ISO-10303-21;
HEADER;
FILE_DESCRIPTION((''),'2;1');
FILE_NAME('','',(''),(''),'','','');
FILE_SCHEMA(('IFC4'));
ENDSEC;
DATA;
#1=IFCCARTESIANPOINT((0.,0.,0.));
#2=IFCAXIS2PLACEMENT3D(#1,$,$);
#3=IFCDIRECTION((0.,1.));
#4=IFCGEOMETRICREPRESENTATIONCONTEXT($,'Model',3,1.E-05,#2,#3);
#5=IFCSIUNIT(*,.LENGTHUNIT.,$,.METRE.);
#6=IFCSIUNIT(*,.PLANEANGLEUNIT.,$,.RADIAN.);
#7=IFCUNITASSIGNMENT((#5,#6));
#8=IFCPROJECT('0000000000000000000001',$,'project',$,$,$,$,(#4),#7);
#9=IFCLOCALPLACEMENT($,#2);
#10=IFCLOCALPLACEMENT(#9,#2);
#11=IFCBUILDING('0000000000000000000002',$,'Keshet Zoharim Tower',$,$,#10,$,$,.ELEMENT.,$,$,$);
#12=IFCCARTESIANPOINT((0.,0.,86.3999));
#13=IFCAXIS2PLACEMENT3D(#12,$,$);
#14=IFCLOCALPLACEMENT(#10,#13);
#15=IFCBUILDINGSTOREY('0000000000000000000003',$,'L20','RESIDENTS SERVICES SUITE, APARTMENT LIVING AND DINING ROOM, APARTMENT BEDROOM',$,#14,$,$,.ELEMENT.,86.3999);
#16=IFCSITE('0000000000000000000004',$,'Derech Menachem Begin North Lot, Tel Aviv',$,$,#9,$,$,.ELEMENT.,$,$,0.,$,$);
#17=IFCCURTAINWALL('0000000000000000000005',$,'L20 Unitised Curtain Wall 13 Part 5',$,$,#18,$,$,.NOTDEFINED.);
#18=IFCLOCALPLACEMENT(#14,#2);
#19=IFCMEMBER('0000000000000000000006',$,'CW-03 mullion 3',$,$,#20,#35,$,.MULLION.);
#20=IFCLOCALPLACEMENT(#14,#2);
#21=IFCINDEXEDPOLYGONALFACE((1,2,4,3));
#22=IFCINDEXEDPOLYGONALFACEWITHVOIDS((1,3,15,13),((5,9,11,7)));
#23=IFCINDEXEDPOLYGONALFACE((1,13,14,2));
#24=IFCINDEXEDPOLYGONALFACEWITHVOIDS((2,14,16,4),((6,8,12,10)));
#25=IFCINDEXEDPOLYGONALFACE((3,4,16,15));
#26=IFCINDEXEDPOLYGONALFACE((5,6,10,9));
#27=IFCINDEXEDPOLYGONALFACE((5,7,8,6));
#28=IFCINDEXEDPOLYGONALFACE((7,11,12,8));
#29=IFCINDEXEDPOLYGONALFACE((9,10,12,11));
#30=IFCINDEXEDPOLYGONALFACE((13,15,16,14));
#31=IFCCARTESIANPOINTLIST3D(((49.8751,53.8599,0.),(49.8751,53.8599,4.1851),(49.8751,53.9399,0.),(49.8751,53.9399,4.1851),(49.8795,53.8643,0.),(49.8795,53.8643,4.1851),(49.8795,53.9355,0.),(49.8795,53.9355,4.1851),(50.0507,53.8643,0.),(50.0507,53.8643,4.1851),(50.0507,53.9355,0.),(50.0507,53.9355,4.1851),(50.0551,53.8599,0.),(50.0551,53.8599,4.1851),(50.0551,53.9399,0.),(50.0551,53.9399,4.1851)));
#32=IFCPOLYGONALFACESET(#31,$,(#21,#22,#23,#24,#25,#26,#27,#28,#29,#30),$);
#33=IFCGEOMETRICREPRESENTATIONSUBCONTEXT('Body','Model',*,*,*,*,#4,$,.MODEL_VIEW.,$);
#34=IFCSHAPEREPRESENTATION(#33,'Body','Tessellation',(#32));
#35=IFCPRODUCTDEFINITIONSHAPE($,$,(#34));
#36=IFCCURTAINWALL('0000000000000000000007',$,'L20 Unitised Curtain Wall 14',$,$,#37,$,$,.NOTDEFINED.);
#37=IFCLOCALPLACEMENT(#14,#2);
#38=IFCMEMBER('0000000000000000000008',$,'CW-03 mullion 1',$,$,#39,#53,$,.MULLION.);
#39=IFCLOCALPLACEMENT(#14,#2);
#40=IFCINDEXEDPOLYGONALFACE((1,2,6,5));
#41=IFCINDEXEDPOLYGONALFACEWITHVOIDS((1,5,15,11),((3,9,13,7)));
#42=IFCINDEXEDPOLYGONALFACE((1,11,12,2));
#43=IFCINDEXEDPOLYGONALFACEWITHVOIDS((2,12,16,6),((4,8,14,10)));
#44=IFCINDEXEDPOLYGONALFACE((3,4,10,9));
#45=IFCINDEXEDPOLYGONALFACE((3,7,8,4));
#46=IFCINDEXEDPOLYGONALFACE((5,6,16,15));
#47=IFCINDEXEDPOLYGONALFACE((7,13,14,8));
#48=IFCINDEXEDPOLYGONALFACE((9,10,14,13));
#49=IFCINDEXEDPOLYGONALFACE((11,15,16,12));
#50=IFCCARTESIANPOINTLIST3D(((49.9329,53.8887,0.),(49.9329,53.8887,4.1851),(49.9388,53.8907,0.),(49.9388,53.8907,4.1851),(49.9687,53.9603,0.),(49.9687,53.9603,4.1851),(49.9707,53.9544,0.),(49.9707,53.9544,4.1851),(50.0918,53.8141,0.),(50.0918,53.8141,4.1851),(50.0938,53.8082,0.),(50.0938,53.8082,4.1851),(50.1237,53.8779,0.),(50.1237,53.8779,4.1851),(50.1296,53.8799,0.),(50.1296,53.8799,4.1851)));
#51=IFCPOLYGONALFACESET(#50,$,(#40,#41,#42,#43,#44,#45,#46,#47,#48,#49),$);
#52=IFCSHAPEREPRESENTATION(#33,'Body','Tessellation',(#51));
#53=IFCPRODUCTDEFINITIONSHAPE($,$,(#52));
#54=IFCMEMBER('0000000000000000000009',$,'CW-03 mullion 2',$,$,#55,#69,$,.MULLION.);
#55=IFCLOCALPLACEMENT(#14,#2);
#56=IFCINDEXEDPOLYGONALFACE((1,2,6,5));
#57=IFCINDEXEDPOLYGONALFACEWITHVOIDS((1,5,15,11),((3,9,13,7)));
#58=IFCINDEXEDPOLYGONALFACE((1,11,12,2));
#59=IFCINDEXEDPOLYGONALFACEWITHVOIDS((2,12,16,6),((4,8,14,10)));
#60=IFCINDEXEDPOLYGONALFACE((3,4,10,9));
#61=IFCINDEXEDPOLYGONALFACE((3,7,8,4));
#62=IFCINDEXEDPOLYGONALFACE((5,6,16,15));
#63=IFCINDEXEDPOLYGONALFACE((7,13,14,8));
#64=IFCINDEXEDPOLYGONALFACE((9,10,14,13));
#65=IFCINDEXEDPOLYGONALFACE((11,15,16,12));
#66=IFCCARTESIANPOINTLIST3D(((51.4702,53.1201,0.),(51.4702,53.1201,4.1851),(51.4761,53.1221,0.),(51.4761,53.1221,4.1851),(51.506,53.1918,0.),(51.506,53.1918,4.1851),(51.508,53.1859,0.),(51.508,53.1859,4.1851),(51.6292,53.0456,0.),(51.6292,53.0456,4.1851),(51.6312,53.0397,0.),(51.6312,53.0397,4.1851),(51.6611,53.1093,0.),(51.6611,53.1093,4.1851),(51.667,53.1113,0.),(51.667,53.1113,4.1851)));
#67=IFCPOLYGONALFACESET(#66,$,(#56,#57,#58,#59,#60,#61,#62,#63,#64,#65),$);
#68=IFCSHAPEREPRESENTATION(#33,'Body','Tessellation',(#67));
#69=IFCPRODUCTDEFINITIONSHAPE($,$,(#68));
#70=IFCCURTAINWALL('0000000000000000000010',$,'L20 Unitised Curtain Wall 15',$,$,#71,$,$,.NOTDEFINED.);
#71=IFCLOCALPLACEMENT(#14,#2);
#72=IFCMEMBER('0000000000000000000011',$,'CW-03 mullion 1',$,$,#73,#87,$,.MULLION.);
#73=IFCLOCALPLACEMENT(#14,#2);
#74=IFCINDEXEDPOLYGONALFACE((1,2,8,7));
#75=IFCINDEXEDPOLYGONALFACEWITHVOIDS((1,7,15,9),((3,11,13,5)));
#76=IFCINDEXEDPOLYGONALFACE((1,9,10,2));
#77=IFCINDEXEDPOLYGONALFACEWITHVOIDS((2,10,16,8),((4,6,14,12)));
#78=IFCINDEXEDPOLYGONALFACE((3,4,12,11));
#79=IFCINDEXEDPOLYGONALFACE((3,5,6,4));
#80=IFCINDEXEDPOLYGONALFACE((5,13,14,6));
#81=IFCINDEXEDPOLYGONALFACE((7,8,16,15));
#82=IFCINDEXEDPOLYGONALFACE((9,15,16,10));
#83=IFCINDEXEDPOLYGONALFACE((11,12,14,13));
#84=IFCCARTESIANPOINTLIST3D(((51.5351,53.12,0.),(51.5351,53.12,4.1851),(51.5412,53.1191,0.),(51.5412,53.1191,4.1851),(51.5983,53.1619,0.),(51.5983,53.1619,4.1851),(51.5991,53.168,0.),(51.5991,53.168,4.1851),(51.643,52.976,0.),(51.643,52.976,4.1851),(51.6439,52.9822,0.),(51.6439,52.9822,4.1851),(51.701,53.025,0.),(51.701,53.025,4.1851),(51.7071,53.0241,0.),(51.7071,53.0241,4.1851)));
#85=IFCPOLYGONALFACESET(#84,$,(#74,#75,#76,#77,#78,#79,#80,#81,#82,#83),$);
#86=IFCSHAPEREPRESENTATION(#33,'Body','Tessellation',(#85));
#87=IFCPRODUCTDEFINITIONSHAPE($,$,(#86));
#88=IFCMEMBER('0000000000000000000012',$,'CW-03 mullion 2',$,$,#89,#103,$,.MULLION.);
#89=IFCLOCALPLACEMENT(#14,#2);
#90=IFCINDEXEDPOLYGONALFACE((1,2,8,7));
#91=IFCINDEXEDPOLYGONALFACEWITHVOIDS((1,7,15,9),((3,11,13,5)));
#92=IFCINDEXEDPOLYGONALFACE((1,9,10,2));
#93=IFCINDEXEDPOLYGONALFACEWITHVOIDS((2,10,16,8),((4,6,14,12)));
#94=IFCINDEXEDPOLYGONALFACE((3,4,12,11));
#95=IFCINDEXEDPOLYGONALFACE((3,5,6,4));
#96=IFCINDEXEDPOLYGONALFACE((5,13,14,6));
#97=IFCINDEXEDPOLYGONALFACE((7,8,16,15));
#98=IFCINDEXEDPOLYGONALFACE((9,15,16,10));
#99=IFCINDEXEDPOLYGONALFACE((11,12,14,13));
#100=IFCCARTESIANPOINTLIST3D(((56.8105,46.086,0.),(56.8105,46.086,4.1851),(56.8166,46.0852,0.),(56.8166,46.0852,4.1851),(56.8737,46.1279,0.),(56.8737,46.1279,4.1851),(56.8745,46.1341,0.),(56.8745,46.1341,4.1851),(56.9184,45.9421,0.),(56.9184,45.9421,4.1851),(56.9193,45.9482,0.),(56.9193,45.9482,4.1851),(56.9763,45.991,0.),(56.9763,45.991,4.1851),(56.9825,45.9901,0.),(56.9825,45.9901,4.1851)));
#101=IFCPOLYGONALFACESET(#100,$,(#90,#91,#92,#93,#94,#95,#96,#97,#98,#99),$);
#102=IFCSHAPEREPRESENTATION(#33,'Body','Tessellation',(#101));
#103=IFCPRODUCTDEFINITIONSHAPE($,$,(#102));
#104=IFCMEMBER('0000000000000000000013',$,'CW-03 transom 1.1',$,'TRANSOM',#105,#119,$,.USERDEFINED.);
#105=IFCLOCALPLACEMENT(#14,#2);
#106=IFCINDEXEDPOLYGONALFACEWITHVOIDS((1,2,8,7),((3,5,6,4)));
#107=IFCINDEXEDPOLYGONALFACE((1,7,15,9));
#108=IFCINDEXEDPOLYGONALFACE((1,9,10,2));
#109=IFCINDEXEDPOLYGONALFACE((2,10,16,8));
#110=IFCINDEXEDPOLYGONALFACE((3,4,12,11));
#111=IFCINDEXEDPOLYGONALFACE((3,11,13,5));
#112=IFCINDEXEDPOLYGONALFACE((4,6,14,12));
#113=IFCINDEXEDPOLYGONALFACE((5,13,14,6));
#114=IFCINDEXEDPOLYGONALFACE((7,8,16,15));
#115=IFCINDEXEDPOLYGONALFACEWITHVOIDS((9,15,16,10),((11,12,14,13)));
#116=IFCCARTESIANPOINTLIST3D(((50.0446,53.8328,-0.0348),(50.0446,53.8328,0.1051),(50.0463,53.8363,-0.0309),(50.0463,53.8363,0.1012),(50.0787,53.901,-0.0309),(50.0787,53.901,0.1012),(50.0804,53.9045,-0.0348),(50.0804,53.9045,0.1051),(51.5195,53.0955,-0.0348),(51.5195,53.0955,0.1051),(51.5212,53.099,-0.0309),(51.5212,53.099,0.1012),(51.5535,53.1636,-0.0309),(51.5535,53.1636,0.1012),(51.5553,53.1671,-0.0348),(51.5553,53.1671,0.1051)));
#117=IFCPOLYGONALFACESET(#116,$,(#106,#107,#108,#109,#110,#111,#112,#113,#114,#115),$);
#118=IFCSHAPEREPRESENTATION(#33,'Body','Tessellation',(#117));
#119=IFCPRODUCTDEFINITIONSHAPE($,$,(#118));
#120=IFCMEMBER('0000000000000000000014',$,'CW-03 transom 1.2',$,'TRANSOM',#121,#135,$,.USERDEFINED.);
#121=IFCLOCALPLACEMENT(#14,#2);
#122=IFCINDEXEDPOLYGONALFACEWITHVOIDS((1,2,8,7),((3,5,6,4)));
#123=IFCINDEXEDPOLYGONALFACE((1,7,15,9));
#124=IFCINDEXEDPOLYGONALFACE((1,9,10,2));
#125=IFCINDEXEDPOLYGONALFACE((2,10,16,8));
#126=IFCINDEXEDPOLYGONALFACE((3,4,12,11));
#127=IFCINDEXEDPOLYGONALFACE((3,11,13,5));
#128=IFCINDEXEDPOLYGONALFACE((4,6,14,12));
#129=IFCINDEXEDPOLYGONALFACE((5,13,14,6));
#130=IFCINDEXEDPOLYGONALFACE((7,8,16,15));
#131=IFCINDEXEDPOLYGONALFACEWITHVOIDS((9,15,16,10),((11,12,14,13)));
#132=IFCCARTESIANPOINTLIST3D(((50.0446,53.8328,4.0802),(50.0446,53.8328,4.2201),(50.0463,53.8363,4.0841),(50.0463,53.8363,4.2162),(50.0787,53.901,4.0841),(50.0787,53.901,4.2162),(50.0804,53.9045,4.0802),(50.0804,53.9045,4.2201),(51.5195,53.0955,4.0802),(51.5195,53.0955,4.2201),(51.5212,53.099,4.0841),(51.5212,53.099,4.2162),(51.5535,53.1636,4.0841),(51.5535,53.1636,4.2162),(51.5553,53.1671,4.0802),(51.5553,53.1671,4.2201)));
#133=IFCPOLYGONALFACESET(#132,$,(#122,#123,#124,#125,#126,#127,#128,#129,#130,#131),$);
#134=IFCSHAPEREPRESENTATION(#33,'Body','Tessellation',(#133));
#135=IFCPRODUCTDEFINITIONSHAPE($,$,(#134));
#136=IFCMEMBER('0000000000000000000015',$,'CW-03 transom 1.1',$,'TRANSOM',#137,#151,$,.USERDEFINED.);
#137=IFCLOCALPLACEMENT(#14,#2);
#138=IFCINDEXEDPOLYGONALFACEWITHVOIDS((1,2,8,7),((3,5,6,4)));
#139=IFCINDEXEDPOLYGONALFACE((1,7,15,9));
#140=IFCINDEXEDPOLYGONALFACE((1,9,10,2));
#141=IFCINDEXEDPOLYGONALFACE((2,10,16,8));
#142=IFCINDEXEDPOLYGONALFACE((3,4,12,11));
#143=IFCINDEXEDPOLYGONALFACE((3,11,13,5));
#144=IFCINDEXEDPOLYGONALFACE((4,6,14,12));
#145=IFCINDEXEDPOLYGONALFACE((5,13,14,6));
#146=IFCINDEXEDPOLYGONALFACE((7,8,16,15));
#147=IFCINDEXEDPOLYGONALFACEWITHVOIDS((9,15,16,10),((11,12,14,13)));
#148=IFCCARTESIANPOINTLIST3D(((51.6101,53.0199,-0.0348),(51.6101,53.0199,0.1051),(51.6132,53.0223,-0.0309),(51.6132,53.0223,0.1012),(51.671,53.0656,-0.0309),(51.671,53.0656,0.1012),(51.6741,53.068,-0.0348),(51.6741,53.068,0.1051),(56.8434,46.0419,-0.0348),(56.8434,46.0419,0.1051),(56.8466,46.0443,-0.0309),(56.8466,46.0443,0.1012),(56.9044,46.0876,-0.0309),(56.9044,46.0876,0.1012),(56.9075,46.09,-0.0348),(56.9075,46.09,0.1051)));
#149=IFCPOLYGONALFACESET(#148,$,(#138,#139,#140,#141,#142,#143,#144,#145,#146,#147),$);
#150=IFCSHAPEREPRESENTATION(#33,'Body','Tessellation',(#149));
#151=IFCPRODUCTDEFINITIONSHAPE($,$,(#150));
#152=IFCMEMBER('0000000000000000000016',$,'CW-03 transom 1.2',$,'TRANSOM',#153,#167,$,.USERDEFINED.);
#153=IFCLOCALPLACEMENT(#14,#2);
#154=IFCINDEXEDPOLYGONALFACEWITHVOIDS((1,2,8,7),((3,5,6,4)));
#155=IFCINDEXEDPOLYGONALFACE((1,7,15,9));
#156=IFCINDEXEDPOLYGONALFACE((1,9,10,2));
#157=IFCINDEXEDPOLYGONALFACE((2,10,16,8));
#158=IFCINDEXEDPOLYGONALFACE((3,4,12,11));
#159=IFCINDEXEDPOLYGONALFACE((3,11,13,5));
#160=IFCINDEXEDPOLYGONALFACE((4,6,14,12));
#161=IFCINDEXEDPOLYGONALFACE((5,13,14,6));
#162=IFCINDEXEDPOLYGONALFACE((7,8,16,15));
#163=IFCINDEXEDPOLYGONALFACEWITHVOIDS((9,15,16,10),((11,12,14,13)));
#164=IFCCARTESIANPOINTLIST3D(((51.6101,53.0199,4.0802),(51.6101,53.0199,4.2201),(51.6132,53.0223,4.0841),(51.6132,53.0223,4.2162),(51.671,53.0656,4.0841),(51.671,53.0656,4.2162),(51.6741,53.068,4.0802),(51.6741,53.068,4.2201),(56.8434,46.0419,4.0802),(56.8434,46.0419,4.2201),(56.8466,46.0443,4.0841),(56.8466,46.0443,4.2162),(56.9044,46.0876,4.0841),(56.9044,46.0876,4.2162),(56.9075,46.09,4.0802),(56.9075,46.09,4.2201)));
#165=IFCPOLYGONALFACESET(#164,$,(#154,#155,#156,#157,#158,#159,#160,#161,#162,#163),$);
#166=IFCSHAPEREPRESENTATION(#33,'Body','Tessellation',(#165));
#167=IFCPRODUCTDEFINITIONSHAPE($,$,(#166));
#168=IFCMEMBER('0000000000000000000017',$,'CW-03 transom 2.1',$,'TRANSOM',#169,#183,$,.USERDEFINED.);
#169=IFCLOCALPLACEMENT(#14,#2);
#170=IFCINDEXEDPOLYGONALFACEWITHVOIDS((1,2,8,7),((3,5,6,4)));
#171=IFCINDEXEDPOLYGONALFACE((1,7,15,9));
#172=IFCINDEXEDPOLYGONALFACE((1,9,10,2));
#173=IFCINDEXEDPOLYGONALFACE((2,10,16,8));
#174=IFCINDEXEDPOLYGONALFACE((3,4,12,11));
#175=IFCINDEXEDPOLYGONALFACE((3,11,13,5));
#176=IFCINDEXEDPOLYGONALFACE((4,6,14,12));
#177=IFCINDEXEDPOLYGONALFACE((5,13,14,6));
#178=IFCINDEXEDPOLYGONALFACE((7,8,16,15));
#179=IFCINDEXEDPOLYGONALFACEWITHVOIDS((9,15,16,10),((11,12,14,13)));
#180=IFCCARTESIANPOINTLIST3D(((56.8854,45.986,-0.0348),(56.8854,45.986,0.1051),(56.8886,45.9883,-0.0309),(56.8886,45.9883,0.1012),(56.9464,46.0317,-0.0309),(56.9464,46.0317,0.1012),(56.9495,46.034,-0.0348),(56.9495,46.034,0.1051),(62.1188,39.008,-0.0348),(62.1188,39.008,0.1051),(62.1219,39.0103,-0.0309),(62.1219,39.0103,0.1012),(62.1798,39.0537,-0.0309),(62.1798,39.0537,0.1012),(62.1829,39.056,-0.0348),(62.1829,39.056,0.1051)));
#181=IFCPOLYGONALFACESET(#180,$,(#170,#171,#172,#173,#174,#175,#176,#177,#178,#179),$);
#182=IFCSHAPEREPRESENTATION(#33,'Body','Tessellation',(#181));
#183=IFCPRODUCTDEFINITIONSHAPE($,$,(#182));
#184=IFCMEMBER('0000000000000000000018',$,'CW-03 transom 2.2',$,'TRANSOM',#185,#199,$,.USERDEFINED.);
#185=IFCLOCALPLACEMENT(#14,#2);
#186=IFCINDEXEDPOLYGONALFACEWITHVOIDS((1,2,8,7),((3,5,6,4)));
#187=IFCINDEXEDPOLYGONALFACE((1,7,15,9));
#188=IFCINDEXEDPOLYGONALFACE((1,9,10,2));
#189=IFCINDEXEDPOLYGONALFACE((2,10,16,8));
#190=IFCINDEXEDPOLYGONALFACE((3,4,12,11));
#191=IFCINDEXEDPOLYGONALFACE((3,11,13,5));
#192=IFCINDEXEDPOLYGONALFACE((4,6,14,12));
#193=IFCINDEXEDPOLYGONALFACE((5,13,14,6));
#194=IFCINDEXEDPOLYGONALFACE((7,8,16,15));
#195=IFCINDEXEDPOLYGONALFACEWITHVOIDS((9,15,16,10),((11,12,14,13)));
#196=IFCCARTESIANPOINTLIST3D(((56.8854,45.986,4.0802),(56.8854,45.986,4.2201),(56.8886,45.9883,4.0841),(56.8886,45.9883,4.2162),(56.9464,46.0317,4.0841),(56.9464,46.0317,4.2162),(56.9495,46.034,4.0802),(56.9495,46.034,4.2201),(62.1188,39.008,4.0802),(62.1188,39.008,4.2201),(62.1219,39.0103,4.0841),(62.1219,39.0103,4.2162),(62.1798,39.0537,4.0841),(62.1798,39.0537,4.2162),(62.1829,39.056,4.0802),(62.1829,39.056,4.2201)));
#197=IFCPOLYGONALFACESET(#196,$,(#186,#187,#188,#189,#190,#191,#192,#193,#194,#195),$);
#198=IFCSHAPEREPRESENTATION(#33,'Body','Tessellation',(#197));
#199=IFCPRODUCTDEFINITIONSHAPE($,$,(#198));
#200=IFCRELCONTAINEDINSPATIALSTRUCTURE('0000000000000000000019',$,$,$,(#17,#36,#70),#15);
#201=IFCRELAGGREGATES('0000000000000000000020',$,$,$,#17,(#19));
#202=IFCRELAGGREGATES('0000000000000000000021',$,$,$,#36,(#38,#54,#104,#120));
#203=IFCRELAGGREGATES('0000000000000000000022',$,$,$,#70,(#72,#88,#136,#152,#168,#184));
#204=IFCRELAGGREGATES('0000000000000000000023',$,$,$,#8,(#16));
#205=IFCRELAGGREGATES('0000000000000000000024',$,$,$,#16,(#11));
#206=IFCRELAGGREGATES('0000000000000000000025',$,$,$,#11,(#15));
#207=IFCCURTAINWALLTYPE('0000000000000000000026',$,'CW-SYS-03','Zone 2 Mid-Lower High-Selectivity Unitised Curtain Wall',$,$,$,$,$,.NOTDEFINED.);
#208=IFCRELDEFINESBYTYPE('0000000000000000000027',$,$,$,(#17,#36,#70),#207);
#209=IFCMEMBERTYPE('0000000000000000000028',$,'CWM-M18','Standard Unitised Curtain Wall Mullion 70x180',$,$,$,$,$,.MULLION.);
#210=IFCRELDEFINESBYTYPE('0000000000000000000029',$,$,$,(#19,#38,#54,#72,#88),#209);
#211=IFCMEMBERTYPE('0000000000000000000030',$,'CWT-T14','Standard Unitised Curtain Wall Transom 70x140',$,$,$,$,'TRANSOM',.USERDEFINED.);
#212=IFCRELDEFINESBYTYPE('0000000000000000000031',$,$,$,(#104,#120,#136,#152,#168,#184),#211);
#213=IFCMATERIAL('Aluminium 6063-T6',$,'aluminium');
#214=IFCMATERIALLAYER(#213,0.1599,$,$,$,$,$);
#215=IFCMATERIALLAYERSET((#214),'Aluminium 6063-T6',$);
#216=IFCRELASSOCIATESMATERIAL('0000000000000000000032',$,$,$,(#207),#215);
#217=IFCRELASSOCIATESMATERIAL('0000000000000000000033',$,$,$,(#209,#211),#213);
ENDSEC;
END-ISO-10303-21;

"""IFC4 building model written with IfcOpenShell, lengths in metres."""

from ifc_helpers import new_model, si_unit, direction, frame, origin, origin_2d, place, context, subcontext, project, spatial, hollow_rectangle, extrude, material, layer, layer_set, material_profile, profile_set, type_object, element, aggregate, save


model = new_model("IFC4")

# Units and contexts
model_context = context("Model", 3, precision=1e-05, world=origin(), true_north=direction((0.0, 1.0)))
body_context = subcontext(model_context, "Body", "Model", "MODEL_VIEW")
ifc_project = project(units=[si_unit("LENGTHUNIT", "METRE"), si_unit("PLANEANGLEUNIT", "RADIAN")], contexts=[model_context])

# Site, building, storey
site_placement = place(None, origin())
site = spatial("IfcSite", under=ifc_project, at=site_placement, Name="Derech Menachem Begin North Lot, Tel Aviv", CompositionType="ELEMENT", RefElevation=0.0)
building_placement = place(site_placement, origin())
building = spatial("IfcBuilding", under=site, at=building_placement, Name="Keshet Zoharim Tower", CompositionType="ELEMENT")
storey_placement = place(building_placement, frame((0.0, 0.0, 86.3999)))
storey = spatial("IfcBuildingStorey", under=building, at=storey_placement, Name="L20", Description="RESIDENTS SERVICES SUITE, APARTMENT LIVING AND DINING ROOM, APARTMENT BEDROOM", CompositionType="ELEMENT", Elevation=86.3999)

# Curtain wall, member
ifc_material_1 = material(Name="Aluminium 6063-T6", Category="aluminium")
ifc_layer_1 = layer(ifc_material_1, 0.1599)
ifc_layer_set_1 = layer_set([ifc_layer_1], Name="Aluminium 6063-T6")
curtain_wall_type = type_object("IfcCurtainWallType", Name="CW-SYS-03", Description="Zone 2 Mid-Lower High-Selectivity Unitised Curtain Wall", PredefinedType="NOTDEFINED", material=ifc_layer_set_1)
curtain_wall_1_placement = place(storey_placement, origin())
curtain_wall_1 = element("IfcCurtainWall", 1, at=curtain_wall_1_placement, inside=storey, type_object=curtain_wall_type, Name="L20 Unitised Curtain Wall 13 Part 5", PredefinedType="NOTDEFINED")
ifc_material_profile_1 = material_profile(ifc_material_1, hollow_rectangle(XDim=0.0801, YDim=0.1799, WallThickness=0.0044, at=origin_2d()), Name="MUL-80x180")
ifc_profile_set_1 = profile_set([ifc_material_profile_1], Name="Aluminium 6063-T6")
member_type_1 = type_object("IfcMemberType", Name="CWM-M18", Description="Standard Unitised Curtain Wall Mullion 70x180", PredefinedType="MULLION", material=ifc_profile_set_1)
member_1_placement = place(storey_placement, frame((49.9651, 53.8999, 0.0), z_axis=(0.0, 0.0, 1.0), x_axis=(0.0, 1.0, 0.0)))
member_1 = element("IfcMember", 2, at=member_1_placement, type_object=member_type_1, Name="CW-03 mullion 3", PredefinedType="MULLION", context=body_context, shape_type="SweptSolid", body=[
    extrude(hollow_rectangle(XDim=0.0801, YDim=0.1799, WallThickness=0.0044, at=origin_2d()), origin(), (0.0, 0.0, 1.0), 4.1851),
])
aggregate(curtain_wall_1, [member_1])

# Curtain walls, members
curtain_wall_2_placement = place(storey_placement, origin())
curtain_wall_2 = element("IfcCurtainWall", 3, at=curtain_wall_2_placement, inside=storey, type_object=curtain_wall_type, Name="L20 Unitised Curtain Wall 14", PredefinedType="NOTDEFINED")
member_2_placement = place(storey_placement, frame((50.0312, 53.8843, 0.0), z_axis=(0.0, 0.0, 1.0), x_axis=(0.447214, 0.894427, 0.0)))
member_2 = element("IfcMember", 4, at=member_2_placement, type_object=member_type_1, Name="CW-03 mullion 1", PredefinedType="MULLION", context=body_context, shape_type="SweptSolid", body=[
    extrude(hollow_rectangle(XDim=0.0801, YDim=0.1799, WallThickness=0.0044, at=origin_2d()), origin(), (0.0, 0.0, 1.0), 4.1851),
])
member_3_placement = place(storey_placement, frame((51.5686, 53.1157, 0.0), z_axis=(0.0, 0.0, 1.0), x_axis=(0.447214, 0.894427, 0.0)))
member_3 = element("IfcMember", 5, at=member_3_placement, type_object=member_type_1, Name="CW-03 mullion 2", PredefinedType="MULLION", context=body_context, shape_type="SweptSolid", body=[
    extrude(hollow_rectangle(XDim=0.0801, YDim=0.1799, WallThickness=0.0044, at=origin_2d()), origin(), (0.0, 0.0, 1.0), 4.1851),
])
curtain_wall_3_placement = place(storey_placement, origin())
curtain_wall_3 = element("IfcCurtainWall", 6, at=curtain_wall_3_placement, inside=storey, type_object=curtain_wall_type, Name="L20 Unitised Curtain Wall 15", PredefinedType="NOTDEFINED")
member_4_placement = place(storey_placement, frame((51.6211, 53.072, 0.0), z_axis=(0.0, 0.0, 1.0), x_axis=(0.8, 0.6, 0.0)))
member_4 = element("IfcMember", 7, at=member_4_placement, type_object=member_type_1, Name="CW-03 mullion 1", PredefinedType="MULLION", context=body_context, shape_type="SweptSolid", body=[
    extrude(hollow_rectangle(XDim=0.0801, YDim=0.1799, WallThickness=0.0044, at=origin_2d()), origin(), (0.0, 0.0, 1.0), 4.1851),
])
member_5_placement = place(storey_placement, frame((56.8965, 46.0381, 0.0), z_axis=(0.0, 0.0, 1.0), x_axis=(0.8, 0.6, 0.0)))
member_5 = element("IfcMember", 8, at=member_5_placement, type_object=member_type_1, Name="CW-03 mullion 2", PredefinedType="MULLION", context=body_context, shape_type="SweptSolid", body=[
    extrude(hollow_rectangle(XDim=0.0801, YDim=0.1799, WallThickness=0.0044, at=origin_2d()), origin(), (0.0, 0.0, 1.0), 4.1851),
])

# Members
ifc_material_profile_2 = material_profile(ifc_material_1, hollow_rectangle(XDim=0.0801, YDim=0.1399, WallThickness=0.0039, at=origin_2d()), Name="TRN-80x140")
ifc_profile_set_2 = profile_set([ifc_material_profile_2], Name="Aluminium 6063-T6")
member_type_2 = type_object("IfcMemberType", Name="CWT-T14", Description="Standard Unitised Curtain Wall Transom 70x140", ElementType="TRANSOM", PredefinedType="USERDEFINED", material=ifc_profile_set_2)
member_6_placement = place(storey_placement, frame((50.0625, 53.8687, 0.0352), z_axis=(0.894457, -0.447154, 0.0), x_axis=(0.447154, 0.894457, 0.0)))
member_6 = element("IfcMember", 9, at=member_6_placement, type_object=member_type_2, Name="CW-03 transom 1.1", ObjectType="TRANSOM", PredefinedType="USERDEFINED", context=body_context, shape_type="SweptSolid", body=[
    extrude(hollow_rectangle(XDim=0.0801, YDim=0.1399, WallThickness=0.0039, at=origin_2d()), origin(), (0.0, 0.0, 1.0), 1.6489),
])
member_7_placement = place(storey_placement, frame((50.0625, 53.8687, 4.1501), z_axis=(0.894457, -0.447154, 0.0), x_axis=(0.447154, 0.894457, 0.0)))
member_7 = element("IfcMember", 10, at=member_7_placement, type_object=member_type_2, Name="CW-03 transom 1.2", ObjectType="TRANSOM", PredefinedType="USERDEFINED", context=body_context, shape_type="SweptSolid", body=[
    extrude(hollow_rectangle(XDim=0.0801, YDim=0.1399, WallThickness=0.0039, at=origin_2d()), origin(), (0.0, 0.0, 1.0), 1.6489),
])
member_8_placement = place(storey_placement, frame((51.6421, 53.0439, 0.0352), z_axis=(0.599991, -0.800007, 0.0), x_axis=(0.800007, 0.599991, 0.0)))
member_8 = element("IfcMember", 11, at=member_8_placement, type_object=member_type_2, Name="CW-03 transom 1.1", ObjectType="TRANSOM", PredefinedType="USERDEFINED", context=body_context, shape_type="SweptSolid", body=[
    extrude(hollow_rectangle(XDim=0.0801, YDim=0.1399, WallThickness=0.0039, at=origin_2d()), origin(), (0.0, 0.0, 1.0), 8.7224),
])
member_9_placement = place(storey_placement, frame((51.6421, 53.0439, 4.1501), z_axis=(0.599991, -0.800007, 0.0), x_axis=(0.800007, 0.599991, 0.0)))
member_9 = element("IfcMember", 12, at=member_9_placement, type_object=member_type_2, Name="CW-03 transom 1.2", ObjectType="TRANSOM", PredefinedType="USERDEFINED", context=body_context, shape_type="SweptSolid", body=[
    extrude(hollow_rectangle(XDim=0.0801, YDim=0.1399, WallThickness=0.0039, at=origin_2d()), origin(), (0.0, 0.0, 1.0), 8.7224),
])
member_10_placement = place(storey_placement, frame((56.9175, 46.01, 0.0352), z_axis=(0.599991, -0.800007, 0.0), x_axis=(0.800007, 0.599991, 0.0)))
member_10 = element("IfcMember", 13, at=member_10_placement, type_object=member_type_2, Name="CW-03 transom 2.1", ObjectType="TRANSOM", PredefinedType="USERDEFINED", context=body_context, shape_type="SweptSolid", body=[
    extrude(hollow_rectangle(XDim=0.0801, YDim=0.1399, WallThickness=0.0039, at=origin_2d()), origin(), (0.0, 0.0, 1.0), 8.7224),
])
member_11_placement = place(storey_placement, frame((56.9175, 46.01, 4.1501), z_axis=(0.599991, -0.800007, 0.0), x_axis=(0.800007, 0.599991, 0.0)))
member_11 = element("IfcMember", 14, at=member_11_placement, type_object=member_type_2, Name="CW-03 transom 2.2", ObjectType="TRANSOM", PredefinedType="USERDEFINED", context=body_context, shape_type="SweptSolid", body=[
    extrude(hollow_rectangle(XDim=0.0801, YDim=0.1399, WallThickness=0.0039, at=origin_2d()), origin(), (0.0, 0.0, 1.0), 8.7224),
])

aggregate(curtain_wall_2, [member_2, member_3, member_6, member_7])
aggregate(curtain_wall_3, [member_4, member_5, member_8, member_9, member_10, member_11])

save(model, "model.ifc")
